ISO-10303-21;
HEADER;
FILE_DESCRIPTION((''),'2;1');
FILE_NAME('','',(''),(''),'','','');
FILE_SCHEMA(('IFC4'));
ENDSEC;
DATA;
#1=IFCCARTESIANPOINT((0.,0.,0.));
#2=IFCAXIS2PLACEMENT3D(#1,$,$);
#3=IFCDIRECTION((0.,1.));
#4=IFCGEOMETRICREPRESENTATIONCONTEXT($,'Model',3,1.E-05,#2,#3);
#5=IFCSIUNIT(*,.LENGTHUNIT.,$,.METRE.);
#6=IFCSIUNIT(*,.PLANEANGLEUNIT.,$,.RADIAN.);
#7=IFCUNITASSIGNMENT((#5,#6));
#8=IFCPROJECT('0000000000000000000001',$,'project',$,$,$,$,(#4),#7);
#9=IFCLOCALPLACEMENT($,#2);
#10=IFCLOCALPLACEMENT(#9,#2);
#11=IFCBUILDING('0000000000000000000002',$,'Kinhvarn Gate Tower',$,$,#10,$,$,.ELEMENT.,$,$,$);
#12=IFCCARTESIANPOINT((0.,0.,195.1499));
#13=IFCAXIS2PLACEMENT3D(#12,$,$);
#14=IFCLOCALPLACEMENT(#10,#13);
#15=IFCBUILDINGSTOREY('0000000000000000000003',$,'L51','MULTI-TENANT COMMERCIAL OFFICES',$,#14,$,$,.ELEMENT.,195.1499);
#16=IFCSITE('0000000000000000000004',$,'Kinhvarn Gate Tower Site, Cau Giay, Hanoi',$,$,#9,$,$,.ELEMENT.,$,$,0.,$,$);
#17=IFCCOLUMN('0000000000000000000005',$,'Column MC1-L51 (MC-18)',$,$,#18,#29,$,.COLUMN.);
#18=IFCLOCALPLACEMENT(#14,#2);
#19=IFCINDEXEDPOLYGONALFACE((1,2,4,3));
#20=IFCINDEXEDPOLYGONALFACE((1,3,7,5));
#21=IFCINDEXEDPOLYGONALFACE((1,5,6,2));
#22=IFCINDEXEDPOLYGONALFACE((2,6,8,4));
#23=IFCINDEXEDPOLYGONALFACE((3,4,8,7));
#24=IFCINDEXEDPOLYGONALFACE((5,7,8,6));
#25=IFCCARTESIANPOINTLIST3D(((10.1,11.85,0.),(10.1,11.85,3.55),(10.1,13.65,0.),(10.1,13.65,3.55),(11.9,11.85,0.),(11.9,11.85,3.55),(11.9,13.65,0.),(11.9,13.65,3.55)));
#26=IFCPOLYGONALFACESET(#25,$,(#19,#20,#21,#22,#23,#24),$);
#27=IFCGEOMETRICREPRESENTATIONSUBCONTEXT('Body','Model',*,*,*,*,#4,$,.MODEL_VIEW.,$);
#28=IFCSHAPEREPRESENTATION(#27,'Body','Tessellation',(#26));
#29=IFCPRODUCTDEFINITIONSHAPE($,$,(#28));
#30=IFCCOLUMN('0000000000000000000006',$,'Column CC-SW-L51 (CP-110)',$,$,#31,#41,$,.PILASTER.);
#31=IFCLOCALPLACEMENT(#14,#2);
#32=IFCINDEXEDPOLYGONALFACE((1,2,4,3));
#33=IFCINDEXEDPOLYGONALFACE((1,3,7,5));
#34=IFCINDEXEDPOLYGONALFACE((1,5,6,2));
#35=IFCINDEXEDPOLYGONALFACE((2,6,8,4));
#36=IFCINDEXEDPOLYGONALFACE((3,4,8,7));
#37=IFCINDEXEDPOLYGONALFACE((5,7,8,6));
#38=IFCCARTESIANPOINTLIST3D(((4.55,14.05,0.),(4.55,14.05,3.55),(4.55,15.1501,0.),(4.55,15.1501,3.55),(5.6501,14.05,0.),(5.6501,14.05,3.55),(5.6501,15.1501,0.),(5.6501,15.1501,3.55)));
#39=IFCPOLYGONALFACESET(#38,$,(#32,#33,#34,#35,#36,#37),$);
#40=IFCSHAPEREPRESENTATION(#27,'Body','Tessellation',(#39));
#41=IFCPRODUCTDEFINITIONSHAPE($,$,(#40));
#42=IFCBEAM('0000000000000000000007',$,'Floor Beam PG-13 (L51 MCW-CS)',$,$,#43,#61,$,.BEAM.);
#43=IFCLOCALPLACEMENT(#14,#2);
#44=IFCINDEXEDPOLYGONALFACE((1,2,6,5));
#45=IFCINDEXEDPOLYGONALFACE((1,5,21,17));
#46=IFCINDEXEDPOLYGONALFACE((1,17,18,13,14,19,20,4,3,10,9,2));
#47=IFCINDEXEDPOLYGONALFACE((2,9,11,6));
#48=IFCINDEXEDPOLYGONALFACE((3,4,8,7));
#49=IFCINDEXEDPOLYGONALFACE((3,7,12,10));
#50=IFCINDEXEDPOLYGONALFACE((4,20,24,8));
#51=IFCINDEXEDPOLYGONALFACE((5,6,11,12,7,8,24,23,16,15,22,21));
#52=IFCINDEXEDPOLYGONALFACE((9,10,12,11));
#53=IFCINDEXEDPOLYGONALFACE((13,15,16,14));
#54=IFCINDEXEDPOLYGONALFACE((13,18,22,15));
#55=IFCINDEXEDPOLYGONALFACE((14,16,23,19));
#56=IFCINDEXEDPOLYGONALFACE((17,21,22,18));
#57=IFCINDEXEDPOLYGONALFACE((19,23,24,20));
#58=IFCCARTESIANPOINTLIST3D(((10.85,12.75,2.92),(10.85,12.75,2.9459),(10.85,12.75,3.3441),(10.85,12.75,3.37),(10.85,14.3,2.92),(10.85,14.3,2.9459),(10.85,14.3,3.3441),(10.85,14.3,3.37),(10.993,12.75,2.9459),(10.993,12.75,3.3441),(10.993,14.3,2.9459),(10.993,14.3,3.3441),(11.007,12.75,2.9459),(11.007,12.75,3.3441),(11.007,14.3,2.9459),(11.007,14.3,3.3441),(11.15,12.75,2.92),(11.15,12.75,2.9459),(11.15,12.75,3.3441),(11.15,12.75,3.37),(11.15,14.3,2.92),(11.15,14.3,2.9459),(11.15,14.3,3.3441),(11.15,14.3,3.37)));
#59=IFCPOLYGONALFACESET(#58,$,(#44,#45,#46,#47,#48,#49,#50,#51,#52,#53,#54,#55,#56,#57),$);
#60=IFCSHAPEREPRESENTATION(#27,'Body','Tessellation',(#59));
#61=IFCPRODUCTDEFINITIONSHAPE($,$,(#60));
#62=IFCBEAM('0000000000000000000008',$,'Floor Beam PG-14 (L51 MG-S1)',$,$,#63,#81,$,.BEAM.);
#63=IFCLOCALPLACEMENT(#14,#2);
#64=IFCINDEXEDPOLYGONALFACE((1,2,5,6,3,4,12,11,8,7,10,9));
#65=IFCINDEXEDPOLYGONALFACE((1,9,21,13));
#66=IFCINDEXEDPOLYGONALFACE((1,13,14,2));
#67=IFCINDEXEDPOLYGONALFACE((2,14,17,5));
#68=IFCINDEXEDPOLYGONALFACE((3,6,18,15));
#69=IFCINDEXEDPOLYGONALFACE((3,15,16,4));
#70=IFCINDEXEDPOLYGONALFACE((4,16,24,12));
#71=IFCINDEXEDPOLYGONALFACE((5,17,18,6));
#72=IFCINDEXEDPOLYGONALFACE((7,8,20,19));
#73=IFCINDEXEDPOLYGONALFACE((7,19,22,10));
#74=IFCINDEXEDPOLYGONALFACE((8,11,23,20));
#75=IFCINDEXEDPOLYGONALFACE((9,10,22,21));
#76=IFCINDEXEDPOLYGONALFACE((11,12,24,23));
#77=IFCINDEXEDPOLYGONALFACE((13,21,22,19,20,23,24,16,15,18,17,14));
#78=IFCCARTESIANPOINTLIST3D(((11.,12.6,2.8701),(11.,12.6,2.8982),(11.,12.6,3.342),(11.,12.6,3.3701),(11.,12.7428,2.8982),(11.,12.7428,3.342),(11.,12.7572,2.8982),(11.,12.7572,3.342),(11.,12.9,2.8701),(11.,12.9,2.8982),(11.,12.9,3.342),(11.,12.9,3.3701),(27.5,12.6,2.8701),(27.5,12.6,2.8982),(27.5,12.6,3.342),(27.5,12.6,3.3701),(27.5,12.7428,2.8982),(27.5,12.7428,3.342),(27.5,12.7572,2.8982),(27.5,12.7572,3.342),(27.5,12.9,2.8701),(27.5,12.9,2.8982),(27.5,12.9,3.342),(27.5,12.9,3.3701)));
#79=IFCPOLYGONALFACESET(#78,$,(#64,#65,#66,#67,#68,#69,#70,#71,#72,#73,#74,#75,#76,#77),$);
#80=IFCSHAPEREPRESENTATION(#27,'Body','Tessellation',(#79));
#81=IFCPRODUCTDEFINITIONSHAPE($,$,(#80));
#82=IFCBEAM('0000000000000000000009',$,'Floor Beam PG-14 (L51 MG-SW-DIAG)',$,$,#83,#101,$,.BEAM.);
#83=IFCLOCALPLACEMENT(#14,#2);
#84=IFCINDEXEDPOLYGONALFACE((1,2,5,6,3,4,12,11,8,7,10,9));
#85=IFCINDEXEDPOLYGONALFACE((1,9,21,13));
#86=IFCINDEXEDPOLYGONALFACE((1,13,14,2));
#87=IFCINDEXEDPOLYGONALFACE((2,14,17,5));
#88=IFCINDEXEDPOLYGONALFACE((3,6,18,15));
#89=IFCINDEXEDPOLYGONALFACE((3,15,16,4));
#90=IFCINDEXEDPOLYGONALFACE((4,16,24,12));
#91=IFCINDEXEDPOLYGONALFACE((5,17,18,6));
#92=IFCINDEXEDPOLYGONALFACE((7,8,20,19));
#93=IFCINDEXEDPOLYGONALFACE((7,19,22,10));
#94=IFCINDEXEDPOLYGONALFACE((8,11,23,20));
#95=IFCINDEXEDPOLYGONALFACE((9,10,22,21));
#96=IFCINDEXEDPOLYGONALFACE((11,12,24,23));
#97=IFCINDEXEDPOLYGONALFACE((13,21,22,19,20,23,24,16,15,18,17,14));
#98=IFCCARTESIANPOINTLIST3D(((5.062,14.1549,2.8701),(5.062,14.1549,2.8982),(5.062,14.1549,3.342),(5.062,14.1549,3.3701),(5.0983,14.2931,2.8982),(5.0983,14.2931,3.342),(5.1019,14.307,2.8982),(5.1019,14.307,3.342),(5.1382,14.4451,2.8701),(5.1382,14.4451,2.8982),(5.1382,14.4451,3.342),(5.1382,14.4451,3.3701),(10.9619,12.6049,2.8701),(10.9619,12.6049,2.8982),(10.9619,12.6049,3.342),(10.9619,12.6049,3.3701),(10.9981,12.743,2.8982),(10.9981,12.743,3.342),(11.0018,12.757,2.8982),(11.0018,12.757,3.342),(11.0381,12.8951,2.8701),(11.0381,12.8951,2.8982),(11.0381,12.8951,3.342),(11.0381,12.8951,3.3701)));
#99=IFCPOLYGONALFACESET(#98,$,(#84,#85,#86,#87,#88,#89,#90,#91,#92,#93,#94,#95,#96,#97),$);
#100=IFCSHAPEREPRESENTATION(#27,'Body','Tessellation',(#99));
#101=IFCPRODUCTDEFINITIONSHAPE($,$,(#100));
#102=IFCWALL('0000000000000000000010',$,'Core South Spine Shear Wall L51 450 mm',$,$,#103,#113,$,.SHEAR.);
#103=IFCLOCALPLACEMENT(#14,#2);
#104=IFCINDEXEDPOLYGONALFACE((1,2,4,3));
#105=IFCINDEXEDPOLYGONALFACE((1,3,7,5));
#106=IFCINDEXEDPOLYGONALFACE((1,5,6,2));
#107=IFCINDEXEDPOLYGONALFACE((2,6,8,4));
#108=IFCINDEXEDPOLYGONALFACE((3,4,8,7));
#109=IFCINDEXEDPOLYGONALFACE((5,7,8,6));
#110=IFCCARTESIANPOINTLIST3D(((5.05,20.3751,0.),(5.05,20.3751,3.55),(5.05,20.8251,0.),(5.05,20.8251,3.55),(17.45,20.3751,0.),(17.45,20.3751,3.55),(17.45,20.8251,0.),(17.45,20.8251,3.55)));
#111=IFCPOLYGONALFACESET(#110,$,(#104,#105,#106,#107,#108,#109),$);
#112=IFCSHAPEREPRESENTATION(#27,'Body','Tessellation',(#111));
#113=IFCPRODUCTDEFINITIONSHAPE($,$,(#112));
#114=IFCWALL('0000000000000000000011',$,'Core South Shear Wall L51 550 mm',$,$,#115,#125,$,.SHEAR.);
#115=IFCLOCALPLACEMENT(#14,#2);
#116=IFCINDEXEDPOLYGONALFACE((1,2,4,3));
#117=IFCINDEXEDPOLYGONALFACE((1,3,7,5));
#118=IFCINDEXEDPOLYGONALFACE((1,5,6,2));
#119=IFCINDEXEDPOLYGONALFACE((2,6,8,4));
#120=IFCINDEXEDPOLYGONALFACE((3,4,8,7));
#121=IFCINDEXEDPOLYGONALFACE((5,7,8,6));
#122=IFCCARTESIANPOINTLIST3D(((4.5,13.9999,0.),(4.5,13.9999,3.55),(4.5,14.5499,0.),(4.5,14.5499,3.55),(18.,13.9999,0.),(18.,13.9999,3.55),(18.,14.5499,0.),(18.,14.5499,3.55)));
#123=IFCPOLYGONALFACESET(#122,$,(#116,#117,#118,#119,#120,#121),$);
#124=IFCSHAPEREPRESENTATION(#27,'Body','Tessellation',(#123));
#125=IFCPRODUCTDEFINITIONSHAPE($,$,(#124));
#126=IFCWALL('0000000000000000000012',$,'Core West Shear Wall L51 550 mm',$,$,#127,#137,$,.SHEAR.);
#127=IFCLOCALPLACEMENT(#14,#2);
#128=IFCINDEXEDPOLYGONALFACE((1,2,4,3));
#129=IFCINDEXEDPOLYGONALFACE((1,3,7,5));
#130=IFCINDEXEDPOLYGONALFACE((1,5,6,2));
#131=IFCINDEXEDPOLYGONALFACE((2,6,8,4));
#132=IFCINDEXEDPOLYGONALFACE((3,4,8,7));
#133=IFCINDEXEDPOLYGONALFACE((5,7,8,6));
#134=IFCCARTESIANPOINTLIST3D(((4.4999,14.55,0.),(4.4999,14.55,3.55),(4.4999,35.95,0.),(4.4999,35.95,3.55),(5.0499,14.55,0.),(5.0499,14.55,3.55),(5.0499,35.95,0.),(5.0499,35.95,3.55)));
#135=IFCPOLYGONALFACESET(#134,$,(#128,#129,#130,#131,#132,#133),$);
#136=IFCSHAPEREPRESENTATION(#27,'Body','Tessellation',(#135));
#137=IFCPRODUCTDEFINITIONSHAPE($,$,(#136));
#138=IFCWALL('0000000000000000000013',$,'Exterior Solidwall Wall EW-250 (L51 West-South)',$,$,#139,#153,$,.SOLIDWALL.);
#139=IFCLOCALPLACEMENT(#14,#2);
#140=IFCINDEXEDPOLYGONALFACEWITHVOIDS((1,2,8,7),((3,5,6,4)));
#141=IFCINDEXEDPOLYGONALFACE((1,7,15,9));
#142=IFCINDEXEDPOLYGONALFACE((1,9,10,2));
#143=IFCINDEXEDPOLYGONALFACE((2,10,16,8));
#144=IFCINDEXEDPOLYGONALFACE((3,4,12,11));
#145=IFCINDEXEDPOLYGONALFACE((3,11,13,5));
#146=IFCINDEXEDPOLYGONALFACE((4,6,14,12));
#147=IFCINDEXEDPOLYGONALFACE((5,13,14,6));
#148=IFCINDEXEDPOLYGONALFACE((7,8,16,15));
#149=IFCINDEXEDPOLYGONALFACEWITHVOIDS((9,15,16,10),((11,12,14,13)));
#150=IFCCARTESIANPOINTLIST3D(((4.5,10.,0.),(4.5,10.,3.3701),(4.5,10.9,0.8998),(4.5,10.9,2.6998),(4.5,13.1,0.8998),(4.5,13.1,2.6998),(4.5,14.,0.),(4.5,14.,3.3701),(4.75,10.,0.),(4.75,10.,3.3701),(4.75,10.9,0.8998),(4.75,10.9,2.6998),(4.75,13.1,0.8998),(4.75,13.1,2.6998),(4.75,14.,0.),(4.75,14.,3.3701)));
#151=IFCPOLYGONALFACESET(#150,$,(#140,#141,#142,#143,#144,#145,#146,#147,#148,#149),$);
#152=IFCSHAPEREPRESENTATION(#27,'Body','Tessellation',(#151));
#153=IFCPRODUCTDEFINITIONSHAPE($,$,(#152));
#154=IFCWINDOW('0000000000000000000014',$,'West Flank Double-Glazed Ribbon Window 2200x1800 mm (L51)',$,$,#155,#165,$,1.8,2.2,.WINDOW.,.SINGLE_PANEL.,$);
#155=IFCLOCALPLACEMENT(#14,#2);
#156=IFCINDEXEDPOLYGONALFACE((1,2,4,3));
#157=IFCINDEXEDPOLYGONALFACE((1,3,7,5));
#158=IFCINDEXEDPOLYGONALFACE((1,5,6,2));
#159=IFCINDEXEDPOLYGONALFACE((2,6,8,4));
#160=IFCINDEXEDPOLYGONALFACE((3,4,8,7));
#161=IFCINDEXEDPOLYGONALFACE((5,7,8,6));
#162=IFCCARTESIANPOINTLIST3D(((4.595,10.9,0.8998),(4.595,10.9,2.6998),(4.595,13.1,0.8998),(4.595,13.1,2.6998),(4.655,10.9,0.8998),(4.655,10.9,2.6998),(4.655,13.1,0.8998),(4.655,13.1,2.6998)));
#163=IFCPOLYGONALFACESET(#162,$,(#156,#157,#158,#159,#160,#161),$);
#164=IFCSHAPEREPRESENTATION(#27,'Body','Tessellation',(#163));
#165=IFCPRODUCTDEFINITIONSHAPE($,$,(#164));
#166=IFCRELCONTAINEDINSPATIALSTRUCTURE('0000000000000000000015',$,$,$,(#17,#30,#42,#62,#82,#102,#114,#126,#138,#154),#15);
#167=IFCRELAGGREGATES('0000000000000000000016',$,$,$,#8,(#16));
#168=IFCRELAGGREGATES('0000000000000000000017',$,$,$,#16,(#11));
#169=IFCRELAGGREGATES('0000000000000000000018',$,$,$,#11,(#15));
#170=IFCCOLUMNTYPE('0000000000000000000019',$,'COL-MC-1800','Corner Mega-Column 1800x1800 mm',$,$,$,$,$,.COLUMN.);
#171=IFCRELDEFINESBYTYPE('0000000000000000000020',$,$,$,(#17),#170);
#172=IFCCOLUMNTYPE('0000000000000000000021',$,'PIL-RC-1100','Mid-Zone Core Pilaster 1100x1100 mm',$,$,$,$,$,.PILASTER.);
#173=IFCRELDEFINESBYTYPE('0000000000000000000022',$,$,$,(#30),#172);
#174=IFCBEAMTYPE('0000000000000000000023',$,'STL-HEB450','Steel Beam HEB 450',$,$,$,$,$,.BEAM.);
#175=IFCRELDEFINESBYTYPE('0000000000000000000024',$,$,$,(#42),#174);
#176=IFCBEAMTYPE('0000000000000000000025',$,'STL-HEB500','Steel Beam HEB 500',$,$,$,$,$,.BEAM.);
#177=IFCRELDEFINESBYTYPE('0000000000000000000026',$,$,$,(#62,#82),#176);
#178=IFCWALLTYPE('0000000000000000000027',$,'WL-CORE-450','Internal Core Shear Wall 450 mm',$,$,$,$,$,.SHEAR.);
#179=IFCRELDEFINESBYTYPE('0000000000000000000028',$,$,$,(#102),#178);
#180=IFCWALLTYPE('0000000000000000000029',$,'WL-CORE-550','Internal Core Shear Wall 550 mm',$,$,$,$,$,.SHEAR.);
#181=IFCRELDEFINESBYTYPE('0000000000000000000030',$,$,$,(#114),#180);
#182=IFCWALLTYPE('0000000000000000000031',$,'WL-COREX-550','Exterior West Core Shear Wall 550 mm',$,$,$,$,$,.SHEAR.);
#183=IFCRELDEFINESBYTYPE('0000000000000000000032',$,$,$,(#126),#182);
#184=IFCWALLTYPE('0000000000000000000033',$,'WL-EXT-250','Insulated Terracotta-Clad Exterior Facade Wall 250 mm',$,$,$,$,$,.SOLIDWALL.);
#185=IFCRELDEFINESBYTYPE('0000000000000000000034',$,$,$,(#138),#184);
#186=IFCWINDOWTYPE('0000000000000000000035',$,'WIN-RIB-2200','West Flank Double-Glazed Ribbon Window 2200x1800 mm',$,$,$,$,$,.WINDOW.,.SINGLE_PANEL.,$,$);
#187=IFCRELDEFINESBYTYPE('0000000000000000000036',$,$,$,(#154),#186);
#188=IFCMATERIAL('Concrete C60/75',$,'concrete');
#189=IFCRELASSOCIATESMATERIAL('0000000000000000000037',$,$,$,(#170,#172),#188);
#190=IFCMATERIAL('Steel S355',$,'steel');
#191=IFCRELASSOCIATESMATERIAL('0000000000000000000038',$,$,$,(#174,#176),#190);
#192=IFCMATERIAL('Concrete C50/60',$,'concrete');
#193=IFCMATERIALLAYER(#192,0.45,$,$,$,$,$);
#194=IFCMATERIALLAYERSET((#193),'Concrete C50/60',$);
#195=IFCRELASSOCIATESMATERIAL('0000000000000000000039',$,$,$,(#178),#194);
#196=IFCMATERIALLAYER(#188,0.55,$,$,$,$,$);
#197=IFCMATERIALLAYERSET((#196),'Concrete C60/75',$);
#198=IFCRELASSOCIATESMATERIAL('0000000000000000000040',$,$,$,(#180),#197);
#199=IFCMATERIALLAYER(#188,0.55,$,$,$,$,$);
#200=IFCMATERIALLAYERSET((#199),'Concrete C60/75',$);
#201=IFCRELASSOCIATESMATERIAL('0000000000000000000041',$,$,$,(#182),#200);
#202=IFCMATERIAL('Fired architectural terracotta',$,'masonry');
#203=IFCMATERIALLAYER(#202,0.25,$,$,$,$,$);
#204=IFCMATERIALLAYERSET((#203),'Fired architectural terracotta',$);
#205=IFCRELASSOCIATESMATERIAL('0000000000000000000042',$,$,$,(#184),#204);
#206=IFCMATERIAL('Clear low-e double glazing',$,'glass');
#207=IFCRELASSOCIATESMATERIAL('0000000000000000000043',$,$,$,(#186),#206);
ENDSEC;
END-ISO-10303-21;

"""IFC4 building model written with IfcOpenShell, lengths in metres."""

from ifc_helpers import new_model, si_unit, direction, frame, frame_2d, origin, origin_2d, place, context, subcontext, project, spatial, rectangle, i_section, extrude, material, layer, layer_set, material_profile, profile_set, type_object, element, fill, save


model = new_model("IFC4")

# Units and contexts
model_context = context("Model", 3, precision=1e-05, world=origin(), true_north=direction((0.0, 1.0)))
body_context = subcontext(model_context, "Body", "Model", "MODEL_VIEW")
ifc_project = project(units=[si_unit("LENGTHUNIT", "METRE"), si_unit("PLANEANGLEUNIT", "RADIAN")], contexts=[model_context])

# Site, building, storey
site_placement = place(None, origin())
site = spatial("IfcSite", under=ifc_project, at=site_placement, Name="Kinhvarn Gate Tower Site, Cau Giay, Hanoi", CompositionType="ELEMENT", RefElevation=0.0)
building_placement = place(site_placement, origin())
building = spatial("IfcBuilding", under=site, at=building_placement, Name="Kinhvarn Gate Tower", CompositionType="ELEMENT")
storey_placement = place(building_placement, frame((0.0, 0.0, 195.1499)))
storey = spatial("IfcBuildingStorey", under=building, at=storey_placement, Name="L51", Description="MULTI-TENANT COMMERCIAL OFFICES", CompositionType="ELEMENT", Elevation=195.1499)

# Columns
ifc_material_1 = material(Name="Concrete C60/75", Category="concrete")
ifc_material_profile_1 = material_profile(ifc_material_1, rectangle(XDim=1.8, YDim=1.8, at=origin_2d()), Name="RC 1800x1800")
ifc_profile_set_1 = profile_set([ifc_material_profile_1], Name="Concrete C60/75")
column_type_1 = type_object("IfcColumnType", Name="COL-MC-1800", Description="Corner Mega-Column 1800x1800 mm", PredefinedType="COLUMN", material=ifc_profile_set_1)
column_1_placement = place(storey_placement, frame((11.0, 12.75, 0.0), z_axis=(0.0, 0.0, 1.0), x_axis=(1.0, 0.0, 0.0)))
element("IfcColumn", 1, at=column_1_placement, inside=storey, type_object=column_type_1, Name="Column MC1-L51 (MC-18)", PredefinedType="COLUMN", context=body_context, shape_type="SweptSolid", body=[
    extrude(rectangle(XDim=1.8, YDim=1.8, at=origin_2d()), origin(), (0.0, 0.0, 1.0), 3.55),
])
ifc_material_profile_2 = material_profile(ifc_material_1, rectangle(XDim=1.1001, YDim=1.1001, at=origin_2d()), Name="RC 1100x1100")
ifc_profile_set_2 = profile_set([ifc_material_profile_2], Name="Concrete C60/75")
column_type_2 = type_object("IfcColumnType", Name="PIL-RC-1100", Description="Mid-Zone Core Pilaster 1100x1100 mm", PredefinedType="PILASTER", material=ifc_profile_set_2)
column_2_placement = place(storey_placement, frame((5.1001, 14.6001, 0.0), z_axis=(0.0, 0.0, 1.0), x_axis=(1.0, 0.0, 0.0)))
element("IfcColumn", 2, at=column_2_placement, inside=storey, type_object=column_type_2, Name="Column CC-SW-L51 (CP-110)", PredefinedType="PILASTER", context=body_context, shape_type="SweptSolid", body=[
    extrude(rectangle(XDim=1.1001, YDim=1.1001, at=origin_2d()), origin(), (0.0, 0.0, 1.0), 3.55),
])

# Beams
ifc_material_2 = material(Name="Steel S355", Category="steel")
ifc_material_profile_3 = material_profile(ifc_material_2, i_section(OverallWidth=0.3, OverallDepth=0.45, WebThickness=0.0139, FlangeThickness=0.0259, at=origin_2d()), Name="HEB 450")
ifc_profile_set_3 = profile_set([ifc_material_profile_3], Name="Steel S355")
beam_type_1 = type_object("IfcBeamType", Name="STL-HEB450", Description="Steel Beam HEB 450", PredefinedType="BEAM", material=ifc_profile_set_3)
beam_1_placement = place(storey_placement, frame((11.0, 12.75, 3.145), z_axis=(0.0, 1.0, 0.0), x_axis=(-1.0, 0.0, 0.0)))
element("IfcBeam", 3, at=beam_1_placement, inside=storey, type_object=beam_type_1, Name="Floor Beam PG-13 (L51 MCW-CS)", PredefinedType="BEAM", context=body_context, shape_type="SweptSolid", body=[
    extrude(i_section(OverallWidth=0.3, OverallDepth=0.45, WebThickness=0.0139, FlangeThickness=0.0259, at=origin_2d()), origin(), (0.0, 0.0, 1.0), 1.55),
])
ifc_material_profile_4 = material_profile(ifc_material_2, i_section(OverallWidth=0.3, OverallDepth=0.5, WebThickness=0.0144, FlangeThickness=0.0281, at=origin_2d()), Name="HEB 500")
ifc_profile_set_4 = profile_set([ifc_material_profile_4], Name="Steel S355")
beam_type_2 = type_object("IfcBeamType", Name="STL-HEB500", Description="Steel Beam HEB 500", PredefinedType="BEAM", material=ifc_profile_set_4)
beam_2_placement = place(storey_placement, frame((11.0, 12.75, 3.1201), z_axis=(1.0, 0.0, 0.0), x_axis=(0.0, 1.0, 0.0)))
element("IfcBeam", 4, at=beam_2_placement, inside=storey, type_object=beam_type_2, Name="Floor Beam PG-14 (L51 MG-S1)", PredefinedType="BEAM", context=body_context, shape_type="SweptSolid", body=[
    extrude(i_section(OverallWidth=0.3, OverallDepth=0.5, WebThickness=0.0144, FlangeThickness=0.0281, at=origin_2d()), origin(), (0.0, 0.0, 1.0), 16.5),
])
beam_3_placement = place(storey_placement, frame((5.1001, 14.3, 3.1201), z_axis=(0.967178, -0.254101, 0.0), x_axis=(0.254101, 0.967178, 0.0)))
element("IfcBeam", 5, at=beam_3_placement, inside=storey, type_object=beam_type_2, Name="Floor Beam PG-14 (L51 MG-SW-DIAG)", PredefinedType="BEAM", context=body_context, shape_type="SweptSolid", body=[
    extrude(i_section(OverallWidth=0.3, OverallDepth=0.5, WebThickness=0.0144, FlangeThickness=0.0281, at=origin_2d()), origin(), (0.0, 0.0, 1.0), 6.1001),
])

# Walls
ifc_material_3 = material(Name="Concrete C50/60", Category="concrete")
ifc_layer_1 = layer(ifc_material_3, 0.45)
ifc_layer_set_1 = layer_set([ifc_layer_1], Name="Concrete C50/60")
wall_type_1 = type_object("IfcWallType", Name="WL-CORE-450", Description="Internal Core Shear Wall 450 mm", PredefinedType="SHEAR", material=ifc_layer_set_1)
wall_1_placement = place(storey_placement, frame((5.05, 20.6001, 0.0), z_axis=(0.0, 0.0, 1.0), x_axis=(1.0, 0.0, 0.0)))
element("IfcWall", 6, at=wall_1_placement, inside=storey, type_object=wall_type_1, Name="Core South Spine Shear Wall L51 450 mm", PredefinedType="SHEAR", context=body_context, shape_type="SweptSolid", body=[
    extrude(rectangle(XDim=12.3999, YDim=0.45, at=frame_2d((6.2, 0.0))), origin(), (0.0, 0.0, 1.0), 3.55),
])
ifc_layer_2 = layer(ifc_material_1, 0.55)
ifc_layer_set_2 = layer_set([ifc_layer_2], Name="Concrete C60/75")
wall_type_2 = type_object("IfcWallType", Name="WL-CORE-550", Description="Internal Core Shear Wall 550 mm", PredefinedType="SHEAR", material=ifc_layer_set_2)
wall_2_placement = place(storey_placement, frame((4.5, 14.2749, 0.0), z_axis=(0.0, 0.0, 1.0), x_axis=(1.0, 0.0, 0.0)))
element("IfcWall", 7, at=wall_2_placement, inside=storey, type_object=wall_type_2, Name="Core South Shear Wall L51 550 mm", PredefinedType="SHEAR", context=body_context, shape_type="SweptSolid", body=[
    extrude(rectangle(XDim=13.5, YDim=0.55, at=frame_2d((6.75, 0.0))), origin(), (0.0, 0.0, 1.0), 3.55),
])
ifc_layer_3 = layer(ifc_material_1, 0.55)
ifc_layer_set_3 = layer_set([ifc_layer_3], Name="Concrete C60/75")
wall_type_3 = type_object("IfcWallType", Name="WL-COREX-550", Description="Exterior West Core Shear Wall 550 mm", PredefinedType="SHEAR", material=ifc_layer_set_3)
wall_3_placement = place(storey_placement, frame((4.7749, 14.55, 0.0), z_axis=(0.0, 0.0, 1.0), x_axis=(0.0, 1.0, 0.0)))
element("IfcWall", 8, at=wall_3_placement, inside=storey, type_object=wall_type_3, Name="Core West Shear Wall L51 550 mm", PredefinedType="SHEAR", context=body_context, shape_type="SweptSolid", body=[
    extrude(rectangle(XDim=21.3999, YDim=0.55, at=frame_2d((10.7, 0.0))), origin(), (0.0, 0.0, 1.0), 3.55),
])

# Wall, opening, window
ifc_material_4 = material(Name="Fired architectural terracotta", Category="masonry")
ifc_layer_4 = layer(ifc_material_4, 0.25)
ifc_layer_set_4 = layer_set([ifc_layer_4], Name="Fired architectural terracotta")
wall_type_4 = type_object("IfcWallType", Name="WL-EXT-250", Description="Insulated Terracotta-Clad Exterior Facade Wall 250 mm", PredefinedType="SOLIDWALL", material=ifc_layer_set_4)
wall_4_placement = place(storey_placement, frame((4.625, 14.0, 0.0), z_axis=(0.0, 0.0, 1.0), x_axis=(0.0, -1.0, 0.0)))
wall_4 = element("IfcWall", 9, at=wall_4_placement, inside=storey, type_object=wall_type_4, Name="Exterior Solidwall Wall EW-250 (L51 West-South)", PredefinedType="SOLIDWALL", context=body_context, shape_type="SweptSolid", body=[
    extrude(rectangle(XDim=4.0, YDim=0.25, at=frame_2d((2.0, 0.0))), origin(), (0.0, 0.0, 1.0), 3.3701),
])
opening_placement = place(wall_4_placement, frame((0.8999, 0.0, 0.8999)))
opening = element("IfcOpeningElement", 10, at=opening_placement, cuts=wall_4, PredefinedType="OPENING", context=body_context, shape_type="SweptSolid", body=[
    extrude(rectangle(XDim=2.2, YDim=1.8, at=frame_2d((1.1001, 0.8999))), frame((0.0, 0.135, 0.0), z_axis=(0.0, -1.0, 0.0), x_axis=(1.0, 0.0, 0.0)), (0.0, 0.0, 1.0), 0.27),
])
ifc_material_5 = material(Name="Clear low-e double glazing", Category="glass")
window_type = type_object("IfcWindowType", Name="WIN-RIB-2200", Description="West Flank Double-Glazed Ribbon Window 2200x1800 mm", PartitioningType="SINGLE_PANEL", PredefinedType="WINDOW", material=ifc_material_5)
window_placement = place(opening_placement, origin())
window = element("IfcWindow", 11, at=window_placement, inside=storey, type_object=window_type, Name="West Flank Double-Glazed Ribbon Window 2200x1800 mm (L51)", OverallHeight=1.8, OverallWidth=2.2, PartitioningType="SINGLE_PANEL", PredefinedType="WINDOW", context=body_context, shape_type="SweptSolid", body=[
    extrude(rectangle(XDim=2.2, YDim=1.8, at=frame_2d((1.1001, 0.8999))), frame((0.0, 0.03, 0.0), z_axis=(0.0, -1.0, 0.0), x_axis=(1.0, 0.0, 0.0)), (0.0, 0.0, 1.0), 0.0601),
])
fill(opening, window)

save(model, "model.ifc")
